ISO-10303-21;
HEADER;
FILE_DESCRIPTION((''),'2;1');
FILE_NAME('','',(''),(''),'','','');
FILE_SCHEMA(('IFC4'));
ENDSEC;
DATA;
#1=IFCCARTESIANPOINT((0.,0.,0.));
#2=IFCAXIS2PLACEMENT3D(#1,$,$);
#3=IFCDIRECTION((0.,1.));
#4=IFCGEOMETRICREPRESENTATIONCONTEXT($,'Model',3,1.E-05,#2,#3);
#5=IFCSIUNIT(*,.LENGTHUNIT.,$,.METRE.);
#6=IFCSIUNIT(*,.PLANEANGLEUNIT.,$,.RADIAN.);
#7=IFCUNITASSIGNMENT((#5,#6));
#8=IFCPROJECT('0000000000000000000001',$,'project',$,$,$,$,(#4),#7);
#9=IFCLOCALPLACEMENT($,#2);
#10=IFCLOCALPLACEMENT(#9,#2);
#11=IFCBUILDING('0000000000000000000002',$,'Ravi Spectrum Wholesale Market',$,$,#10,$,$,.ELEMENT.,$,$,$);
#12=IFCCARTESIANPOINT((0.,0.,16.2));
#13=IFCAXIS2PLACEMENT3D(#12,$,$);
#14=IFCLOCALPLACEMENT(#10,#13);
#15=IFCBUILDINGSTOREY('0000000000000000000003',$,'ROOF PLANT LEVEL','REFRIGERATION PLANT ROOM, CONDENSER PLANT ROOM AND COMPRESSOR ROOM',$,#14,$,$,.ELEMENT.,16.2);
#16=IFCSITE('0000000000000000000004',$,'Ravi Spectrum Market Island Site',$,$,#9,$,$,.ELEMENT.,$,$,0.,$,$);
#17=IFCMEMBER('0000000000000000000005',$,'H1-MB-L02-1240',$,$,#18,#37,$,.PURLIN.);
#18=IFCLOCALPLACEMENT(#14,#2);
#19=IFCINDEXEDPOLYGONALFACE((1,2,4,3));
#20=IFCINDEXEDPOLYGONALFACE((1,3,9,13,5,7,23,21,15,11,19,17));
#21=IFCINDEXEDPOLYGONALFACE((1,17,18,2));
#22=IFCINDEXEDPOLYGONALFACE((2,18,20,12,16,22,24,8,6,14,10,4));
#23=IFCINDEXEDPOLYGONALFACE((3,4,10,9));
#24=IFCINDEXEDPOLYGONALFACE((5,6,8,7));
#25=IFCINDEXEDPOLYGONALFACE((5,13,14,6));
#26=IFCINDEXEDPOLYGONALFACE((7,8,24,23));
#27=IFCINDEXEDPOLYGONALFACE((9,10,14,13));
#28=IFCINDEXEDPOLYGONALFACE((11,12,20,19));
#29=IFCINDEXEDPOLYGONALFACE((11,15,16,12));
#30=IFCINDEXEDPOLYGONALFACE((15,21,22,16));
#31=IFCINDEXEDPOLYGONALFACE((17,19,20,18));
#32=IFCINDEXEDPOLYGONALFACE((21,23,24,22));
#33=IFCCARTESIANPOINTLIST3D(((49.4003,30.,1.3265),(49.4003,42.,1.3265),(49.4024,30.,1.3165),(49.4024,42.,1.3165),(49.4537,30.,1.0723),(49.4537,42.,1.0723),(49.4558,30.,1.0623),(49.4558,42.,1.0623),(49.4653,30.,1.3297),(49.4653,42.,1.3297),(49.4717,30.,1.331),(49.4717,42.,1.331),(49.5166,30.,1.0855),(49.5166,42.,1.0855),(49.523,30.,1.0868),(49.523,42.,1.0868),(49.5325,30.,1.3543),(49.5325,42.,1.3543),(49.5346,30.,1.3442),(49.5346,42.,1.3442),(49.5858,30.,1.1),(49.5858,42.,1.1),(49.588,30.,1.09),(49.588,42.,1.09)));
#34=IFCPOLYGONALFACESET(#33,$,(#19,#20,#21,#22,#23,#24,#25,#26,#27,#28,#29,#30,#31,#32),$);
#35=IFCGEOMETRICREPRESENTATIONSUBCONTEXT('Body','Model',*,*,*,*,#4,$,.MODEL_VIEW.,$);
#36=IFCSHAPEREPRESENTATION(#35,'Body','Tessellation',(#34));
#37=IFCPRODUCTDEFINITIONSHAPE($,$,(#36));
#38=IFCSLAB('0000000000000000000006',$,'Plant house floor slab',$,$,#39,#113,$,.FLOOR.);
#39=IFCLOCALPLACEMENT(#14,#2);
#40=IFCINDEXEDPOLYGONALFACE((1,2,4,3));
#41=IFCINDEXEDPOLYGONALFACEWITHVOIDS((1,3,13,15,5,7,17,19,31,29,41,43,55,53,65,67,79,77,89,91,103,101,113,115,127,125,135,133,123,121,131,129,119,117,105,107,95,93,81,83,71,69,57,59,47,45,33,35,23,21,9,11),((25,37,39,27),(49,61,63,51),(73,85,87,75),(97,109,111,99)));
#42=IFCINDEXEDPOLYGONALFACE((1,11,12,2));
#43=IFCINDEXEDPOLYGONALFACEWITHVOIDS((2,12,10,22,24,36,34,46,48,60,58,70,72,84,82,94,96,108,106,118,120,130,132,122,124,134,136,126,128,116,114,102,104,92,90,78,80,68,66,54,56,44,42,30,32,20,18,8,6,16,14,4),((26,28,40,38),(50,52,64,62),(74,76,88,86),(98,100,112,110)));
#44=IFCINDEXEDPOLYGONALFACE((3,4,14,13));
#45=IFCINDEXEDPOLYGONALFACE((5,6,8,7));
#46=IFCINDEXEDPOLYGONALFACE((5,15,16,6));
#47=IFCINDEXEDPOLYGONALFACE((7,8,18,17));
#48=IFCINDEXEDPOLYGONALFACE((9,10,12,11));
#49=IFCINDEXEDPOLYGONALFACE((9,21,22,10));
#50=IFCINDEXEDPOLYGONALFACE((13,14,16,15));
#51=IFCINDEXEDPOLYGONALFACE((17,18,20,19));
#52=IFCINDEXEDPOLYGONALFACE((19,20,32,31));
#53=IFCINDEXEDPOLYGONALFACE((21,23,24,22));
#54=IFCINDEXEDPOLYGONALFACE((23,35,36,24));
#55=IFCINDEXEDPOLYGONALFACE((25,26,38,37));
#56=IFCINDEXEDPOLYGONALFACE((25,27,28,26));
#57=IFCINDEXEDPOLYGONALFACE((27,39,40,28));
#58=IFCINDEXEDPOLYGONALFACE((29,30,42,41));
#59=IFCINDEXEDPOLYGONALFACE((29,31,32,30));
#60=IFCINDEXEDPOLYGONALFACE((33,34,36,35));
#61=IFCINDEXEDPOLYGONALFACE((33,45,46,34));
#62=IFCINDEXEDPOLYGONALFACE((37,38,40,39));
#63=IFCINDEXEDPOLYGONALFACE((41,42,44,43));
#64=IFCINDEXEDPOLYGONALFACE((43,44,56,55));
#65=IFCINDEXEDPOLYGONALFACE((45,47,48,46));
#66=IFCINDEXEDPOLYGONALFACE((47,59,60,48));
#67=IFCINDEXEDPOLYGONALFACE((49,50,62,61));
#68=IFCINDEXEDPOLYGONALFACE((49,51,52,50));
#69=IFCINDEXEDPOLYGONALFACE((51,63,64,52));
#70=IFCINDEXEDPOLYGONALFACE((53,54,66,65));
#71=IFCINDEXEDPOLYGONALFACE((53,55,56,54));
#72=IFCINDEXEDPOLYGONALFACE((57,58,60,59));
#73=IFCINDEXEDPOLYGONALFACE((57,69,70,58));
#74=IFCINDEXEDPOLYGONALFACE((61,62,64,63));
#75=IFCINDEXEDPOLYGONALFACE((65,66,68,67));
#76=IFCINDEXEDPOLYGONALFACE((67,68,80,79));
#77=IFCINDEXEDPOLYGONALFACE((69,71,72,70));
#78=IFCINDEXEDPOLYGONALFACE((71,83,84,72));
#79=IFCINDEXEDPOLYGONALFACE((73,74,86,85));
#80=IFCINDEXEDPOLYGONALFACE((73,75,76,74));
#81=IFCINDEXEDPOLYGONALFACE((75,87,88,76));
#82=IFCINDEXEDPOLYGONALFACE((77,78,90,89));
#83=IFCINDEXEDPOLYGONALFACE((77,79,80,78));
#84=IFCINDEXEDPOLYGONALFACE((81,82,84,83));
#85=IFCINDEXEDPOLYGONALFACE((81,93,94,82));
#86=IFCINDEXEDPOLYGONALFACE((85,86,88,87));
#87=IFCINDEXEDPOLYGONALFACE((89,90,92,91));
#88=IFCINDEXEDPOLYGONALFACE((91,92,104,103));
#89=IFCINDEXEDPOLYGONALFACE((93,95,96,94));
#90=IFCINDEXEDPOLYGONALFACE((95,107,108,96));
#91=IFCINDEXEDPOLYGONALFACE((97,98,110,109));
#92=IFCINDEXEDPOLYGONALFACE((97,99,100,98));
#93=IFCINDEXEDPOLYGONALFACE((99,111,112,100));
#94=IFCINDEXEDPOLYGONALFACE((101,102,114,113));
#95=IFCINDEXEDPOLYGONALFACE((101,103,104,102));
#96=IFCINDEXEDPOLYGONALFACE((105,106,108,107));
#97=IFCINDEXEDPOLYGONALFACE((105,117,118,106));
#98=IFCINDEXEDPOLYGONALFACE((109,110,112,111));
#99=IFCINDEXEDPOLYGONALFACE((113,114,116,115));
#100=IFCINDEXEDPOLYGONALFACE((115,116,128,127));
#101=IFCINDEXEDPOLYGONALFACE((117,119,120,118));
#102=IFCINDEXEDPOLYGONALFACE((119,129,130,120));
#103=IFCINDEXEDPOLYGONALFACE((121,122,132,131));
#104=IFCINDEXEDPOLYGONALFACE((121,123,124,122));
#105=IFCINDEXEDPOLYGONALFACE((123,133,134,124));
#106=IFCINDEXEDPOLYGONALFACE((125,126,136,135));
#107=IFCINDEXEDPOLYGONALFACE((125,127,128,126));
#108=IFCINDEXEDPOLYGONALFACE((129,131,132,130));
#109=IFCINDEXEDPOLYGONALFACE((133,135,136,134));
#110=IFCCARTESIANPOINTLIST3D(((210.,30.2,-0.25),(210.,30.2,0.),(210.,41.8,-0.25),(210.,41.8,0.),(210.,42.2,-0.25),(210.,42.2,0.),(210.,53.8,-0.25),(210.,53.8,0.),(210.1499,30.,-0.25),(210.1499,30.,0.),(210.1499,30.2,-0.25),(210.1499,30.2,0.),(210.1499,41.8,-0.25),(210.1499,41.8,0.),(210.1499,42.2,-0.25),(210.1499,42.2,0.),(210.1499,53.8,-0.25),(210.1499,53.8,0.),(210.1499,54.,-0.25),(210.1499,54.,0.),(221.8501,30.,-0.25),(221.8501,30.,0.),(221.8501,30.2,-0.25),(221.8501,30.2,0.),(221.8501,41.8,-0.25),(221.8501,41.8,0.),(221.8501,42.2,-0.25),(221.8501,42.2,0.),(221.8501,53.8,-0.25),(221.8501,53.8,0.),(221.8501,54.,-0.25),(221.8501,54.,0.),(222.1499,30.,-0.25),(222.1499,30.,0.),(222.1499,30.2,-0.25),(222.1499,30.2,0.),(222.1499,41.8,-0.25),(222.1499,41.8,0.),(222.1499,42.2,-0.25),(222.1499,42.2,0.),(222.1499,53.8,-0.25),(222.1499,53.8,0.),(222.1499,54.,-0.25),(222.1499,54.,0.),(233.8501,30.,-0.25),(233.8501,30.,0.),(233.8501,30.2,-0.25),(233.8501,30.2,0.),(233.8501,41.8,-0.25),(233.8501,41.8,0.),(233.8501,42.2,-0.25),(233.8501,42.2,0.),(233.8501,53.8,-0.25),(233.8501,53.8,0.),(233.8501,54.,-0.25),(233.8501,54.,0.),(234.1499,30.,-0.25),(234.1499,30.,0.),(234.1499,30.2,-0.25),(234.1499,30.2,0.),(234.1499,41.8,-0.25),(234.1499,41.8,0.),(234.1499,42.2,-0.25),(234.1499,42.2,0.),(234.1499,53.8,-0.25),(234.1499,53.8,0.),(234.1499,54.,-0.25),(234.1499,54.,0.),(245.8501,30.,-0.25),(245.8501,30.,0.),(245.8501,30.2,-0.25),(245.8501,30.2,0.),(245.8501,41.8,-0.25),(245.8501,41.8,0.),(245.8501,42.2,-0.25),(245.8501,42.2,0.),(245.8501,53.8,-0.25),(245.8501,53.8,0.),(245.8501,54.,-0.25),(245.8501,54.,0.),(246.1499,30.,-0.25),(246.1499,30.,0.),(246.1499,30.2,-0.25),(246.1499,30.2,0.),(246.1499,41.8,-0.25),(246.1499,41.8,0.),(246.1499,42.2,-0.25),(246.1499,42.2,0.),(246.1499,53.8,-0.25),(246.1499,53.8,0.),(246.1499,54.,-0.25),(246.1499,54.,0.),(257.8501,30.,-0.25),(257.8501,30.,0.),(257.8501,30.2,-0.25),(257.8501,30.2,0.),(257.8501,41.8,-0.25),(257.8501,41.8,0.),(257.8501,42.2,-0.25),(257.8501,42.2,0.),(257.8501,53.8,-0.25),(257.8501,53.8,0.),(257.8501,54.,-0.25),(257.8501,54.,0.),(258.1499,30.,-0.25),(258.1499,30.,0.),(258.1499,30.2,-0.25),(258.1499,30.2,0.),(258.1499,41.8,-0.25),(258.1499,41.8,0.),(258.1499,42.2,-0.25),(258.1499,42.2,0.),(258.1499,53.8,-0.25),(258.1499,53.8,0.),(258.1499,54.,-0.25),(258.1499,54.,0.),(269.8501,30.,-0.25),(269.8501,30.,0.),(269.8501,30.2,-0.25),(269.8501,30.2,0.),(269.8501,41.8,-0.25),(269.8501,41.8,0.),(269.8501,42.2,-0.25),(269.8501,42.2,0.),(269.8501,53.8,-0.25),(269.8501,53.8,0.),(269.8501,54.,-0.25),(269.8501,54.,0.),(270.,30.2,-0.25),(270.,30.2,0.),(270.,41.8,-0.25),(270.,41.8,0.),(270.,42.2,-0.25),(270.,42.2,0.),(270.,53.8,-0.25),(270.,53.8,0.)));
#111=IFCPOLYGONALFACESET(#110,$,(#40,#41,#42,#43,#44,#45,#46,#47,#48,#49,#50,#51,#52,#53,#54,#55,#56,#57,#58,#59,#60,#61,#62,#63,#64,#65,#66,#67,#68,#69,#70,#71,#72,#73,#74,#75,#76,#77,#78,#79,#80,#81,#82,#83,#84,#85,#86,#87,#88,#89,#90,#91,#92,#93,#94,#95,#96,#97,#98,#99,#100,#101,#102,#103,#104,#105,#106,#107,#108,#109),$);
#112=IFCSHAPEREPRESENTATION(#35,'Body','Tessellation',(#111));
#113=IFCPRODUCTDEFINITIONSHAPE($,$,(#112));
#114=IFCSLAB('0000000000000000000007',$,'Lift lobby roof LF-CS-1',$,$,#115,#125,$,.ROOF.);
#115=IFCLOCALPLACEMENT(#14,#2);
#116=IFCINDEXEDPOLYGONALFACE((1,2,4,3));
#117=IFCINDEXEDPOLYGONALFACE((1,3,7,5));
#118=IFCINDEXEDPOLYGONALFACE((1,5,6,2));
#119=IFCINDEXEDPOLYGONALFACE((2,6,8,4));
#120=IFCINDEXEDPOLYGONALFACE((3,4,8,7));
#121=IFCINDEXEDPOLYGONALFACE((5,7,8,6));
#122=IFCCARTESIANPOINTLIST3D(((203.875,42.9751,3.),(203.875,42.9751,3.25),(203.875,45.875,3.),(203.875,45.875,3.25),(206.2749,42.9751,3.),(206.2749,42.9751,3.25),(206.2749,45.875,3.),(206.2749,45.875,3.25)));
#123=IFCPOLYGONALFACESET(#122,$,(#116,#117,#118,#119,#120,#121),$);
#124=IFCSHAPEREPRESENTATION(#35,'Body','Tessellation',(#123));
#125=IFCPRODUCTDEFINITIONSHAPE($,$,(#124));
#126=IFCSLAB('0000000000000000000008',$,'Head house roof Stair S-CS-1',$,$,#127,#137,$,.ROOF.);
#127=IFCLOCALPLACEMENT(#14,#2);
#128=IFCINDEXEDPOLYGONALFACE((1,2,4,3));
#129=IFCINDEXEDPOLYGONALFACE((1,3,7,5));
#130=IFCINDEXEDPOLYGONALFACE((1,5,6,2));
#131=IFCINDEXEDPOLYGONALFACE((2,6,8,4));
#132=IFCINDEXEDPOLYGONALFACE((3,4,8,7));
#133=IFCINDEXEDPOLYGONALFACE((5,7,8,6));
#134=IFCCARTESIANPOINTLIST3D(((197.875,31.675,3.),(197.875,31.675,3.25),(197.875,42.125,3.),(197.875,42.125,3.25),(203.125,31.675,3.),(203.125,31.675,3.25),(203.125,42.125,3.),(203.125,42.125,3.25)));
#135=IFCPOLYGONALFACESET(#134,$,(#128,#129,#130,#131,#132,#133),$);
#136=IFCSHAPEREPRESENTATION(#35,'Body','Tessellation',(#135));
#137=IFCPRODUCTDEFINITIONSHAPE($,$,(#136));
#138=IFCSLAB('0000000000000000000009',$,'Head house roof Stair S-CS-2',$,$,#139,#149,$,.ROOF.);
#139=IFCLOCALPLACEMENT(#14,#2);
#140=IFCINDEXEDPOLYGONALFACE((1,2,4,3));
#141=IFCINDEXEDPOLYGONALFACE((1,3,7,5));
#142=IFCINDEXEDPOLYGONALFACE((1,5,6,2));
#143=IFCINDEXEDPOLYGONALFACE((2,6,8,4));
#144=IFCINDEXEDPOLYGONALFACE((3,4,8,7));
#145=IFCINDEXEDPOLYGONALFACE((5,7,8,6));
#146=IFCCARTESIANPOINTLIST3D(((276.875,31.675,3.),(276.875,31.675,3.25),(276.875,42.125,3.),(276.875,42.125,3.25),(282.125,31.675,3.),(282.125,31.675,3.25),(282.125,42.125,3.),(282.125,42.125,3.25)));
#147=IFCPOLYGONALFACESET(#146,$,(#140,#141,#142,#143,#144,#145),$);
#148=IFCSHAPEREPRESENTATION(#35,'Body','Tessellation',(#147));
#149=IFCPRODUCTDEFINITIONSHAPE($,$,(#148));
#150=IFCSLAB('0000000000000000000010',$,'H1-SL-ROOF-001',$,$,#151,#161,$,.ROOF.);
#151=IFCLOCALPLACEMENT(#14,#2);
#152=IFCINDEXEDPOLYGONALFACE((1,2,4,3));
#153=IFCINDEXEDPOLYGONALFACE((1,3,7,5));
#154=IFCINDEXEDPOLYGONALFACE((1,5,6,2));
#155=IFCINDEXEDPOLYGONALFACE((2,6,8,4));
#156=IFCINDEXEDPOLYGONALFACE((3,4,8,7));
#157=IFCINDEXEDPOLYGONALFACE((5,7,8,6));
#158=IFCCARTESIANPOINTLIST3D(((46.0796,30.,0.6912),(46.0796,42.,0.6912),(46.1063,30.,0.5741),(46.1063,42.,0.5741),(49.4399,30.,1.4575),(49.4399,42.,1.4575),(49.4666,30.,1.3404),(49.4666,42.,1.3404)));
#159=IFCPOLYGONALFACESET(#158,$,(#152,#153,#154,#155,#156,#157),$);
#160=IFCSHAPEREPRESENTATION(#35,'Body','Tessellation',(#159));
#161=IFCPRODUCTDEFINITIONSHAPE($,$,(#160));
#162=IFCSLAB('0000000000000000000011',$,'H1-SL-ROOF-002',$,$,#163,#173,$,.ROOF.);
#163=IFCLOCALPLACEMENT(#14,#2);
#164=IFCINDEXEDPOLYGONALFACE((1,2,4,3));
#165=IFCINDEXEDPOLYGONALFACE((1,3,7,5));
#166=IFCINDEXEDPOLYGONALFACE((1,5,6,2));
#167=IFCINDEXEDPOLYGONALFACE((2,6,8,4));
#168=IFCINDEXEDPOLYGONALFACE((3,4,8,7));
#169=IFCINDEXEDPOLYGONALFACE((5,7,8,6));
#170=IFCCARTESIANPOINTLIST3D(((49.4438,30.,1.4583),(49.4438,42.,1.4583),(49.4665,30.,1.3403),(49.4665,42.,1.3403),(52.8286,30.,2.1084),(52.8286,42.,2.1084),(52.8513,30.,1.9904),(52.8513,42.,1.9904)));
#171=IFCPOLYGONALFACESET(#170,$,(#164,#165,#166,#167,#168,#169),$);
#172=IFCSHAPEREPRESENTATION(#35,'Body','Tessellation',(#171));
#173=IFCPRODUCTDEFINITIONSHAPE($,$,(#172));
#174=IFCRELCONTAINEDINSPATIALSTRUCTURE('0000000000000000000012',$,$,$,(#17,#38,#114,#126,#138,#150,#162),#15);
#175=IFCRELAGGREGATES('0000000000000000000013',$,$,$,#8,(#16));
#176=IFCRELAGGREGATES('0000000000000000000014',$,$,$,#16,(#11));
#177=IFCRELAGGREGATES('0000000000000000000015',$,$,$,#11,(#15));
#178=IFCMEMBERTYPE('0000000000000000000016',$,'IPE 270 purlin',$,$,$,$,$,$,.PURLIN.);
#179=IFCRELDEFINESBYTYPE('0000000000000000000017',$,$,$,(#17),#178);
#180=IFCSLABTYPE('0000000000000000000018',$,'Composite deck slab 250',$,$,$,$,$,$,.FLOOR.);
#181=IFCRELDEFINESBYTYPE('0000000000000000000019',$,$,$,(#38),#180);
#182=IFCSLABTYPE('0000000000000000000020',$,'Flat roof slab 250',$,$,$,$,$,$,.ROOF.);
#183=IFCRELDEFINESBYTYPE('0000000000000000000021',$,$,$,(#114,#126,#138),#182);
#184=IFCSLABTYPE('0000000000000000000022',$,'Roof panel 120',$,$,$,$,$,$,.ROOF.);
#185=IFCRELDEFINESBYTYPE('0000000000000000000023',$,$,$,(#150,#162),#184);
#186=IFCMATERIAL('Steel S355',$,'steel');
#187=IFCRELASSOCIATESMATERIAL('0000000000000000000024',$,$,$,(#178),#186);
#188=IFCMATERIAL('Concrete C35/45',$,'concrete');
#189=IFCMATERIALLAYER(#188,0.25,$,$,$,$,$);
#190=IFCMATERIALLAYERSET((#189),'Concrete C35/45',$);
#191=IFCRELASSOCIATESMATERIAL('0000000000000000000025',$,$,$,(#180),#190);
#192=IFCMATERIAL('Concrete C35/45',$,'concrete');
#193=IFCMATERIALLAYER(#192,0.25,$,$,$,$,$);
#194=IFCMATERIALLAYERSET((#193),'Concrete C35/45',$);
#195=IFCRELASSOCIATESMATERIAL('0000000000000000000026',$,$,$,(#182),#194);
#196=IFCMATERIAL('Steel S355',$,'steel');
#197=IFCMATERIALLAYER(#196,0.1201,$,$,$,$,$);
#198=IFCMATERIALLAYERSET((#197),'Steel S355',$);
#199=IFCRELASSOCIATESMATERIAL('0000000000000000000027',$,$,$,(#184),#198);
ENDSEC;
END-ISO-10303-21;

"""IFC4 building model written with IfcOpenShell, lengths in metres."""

from ifc_helpers import new_model, si_unit, direction, frame, origin, origin_2d, place, context, subcontext, project, spatial, polyline, i_section, outline, extrude, material, layer, layer_set, material_profile, profile_set, type_object, element, save


model = new_model("IFC4")

# Units and contexts
model_context = context("Model", 3, precision=1e-05, world=origin(), true_north=direction((0.0, 1.0)))
body_context = subcontext(model_context, "Body", "Model", "MODEL_VIEW")
ifc_project = project(units=[si_unit("LENGTHUNIT", "METRE"), si_unit("PLANEANGLEUNIT", "RADIAN")], contexts=[model_context])

# Site, building, storey
site_placement = place(None, origin())
site = spatial("IfcSite", under=ifc_project, at=site_placement, Name="Ravi Spectrum Market Island Site", CompositionType="ELEMENT", RefElevation=0.0)
building_placement = place(site_placement, origin())
building = spatial("IfcBuilding", under=site, at=building_placement, Name="Ravi Spectrum Wholesale Market", CompositionType="ELEMENT")
storey_placement = place(building_placement, frame((0.0, 0.0, 16.2)))
storey = spatial("IfcBuildingStorey", under=building, at=storey_placement, Name="ROOF PLANT LEVEL", Description="REFRIGERATION PLANT ROOM, CONDENSER PLANT ROOM AND COMPRESSOR ROOM", CompositionType="ELEMENT", Elevation=16.2)

# Member
ifc_material_1 = material(Name="Steel S355", Category="steel")
ifc_material_profile_1 = material_profile(ifc_material_1, i_section(OverallWidth=0.135, OverallDepth=0.27, WebThickness=0.0066, FlangeThickness=0.0103, at=origin_2d()))
ifc_profile_set_1 = profile_set([ifc_material_profile_1], Name="Steel S355")
member_type_1 = type_object("IfcMemberType", Name="IPE 270 purlin", PredefinedType="PURLIN", material=ifc_profile_set_1)
for number, where, z_axis, x_axis, name in (
    (1, (49.4941, 30.0, 1.2083), (0.0, 1.0, 0.0), (-0.978653, 0.0, -0.205517), "H1-MB-L02-1240"),
):
    element("IfcMember", number, at=place(storey_placement, frame(where, z_axis=z_axis, x_axis=x_axis)), inside=storey, type_object=member_type_1, Name=name, PredefinedType="PURLIN", context=body_context, shape_type="SweptSolid", body=[
        extrude(i_section(OverallWidth=0.135, OverallDepth=0.27, WebThickness=0.0066, FlangeThickness=0.0103, at=origin_2d()), origin(), (0.0, 0.0, 1.0), 12.0),
    ])

# Slabs
ifc_material_2 = material(Name="Concrete C35/45", Category="concrete")
ifc_layer_1 = layer(ifc_material_2, 0.25)
ifc_layer_set_1 = layer_set([ifc_layer_1], Name="Concrete C35/45")
slab_type_1 = type_object("IfcSlabType", Name="Composite deck slab 250", PredefinedType="FLOOR", material=ifc_layer_set_1)
slab_1_placement = place(storey_placement, frame((0.0, 0.0, -0.25)))
element("IfcSlab", 2, at=slab_1_placement, inside=storey, type_object=slab_type_1, Name="Plant house floor slab", PredefinedType="FLOOR", context=body_context, shape_type="SweptSolid", body=[
    extrude(outline(polyline([(269.8501, 53.8), (270.0, 53.8), (270.0, 42.2), (269.8501, 42.2), (269.8501, 41.8), (270.0, 41.8), (270.0, 30.2), (269.8501, 30.2), (269.8501, 30.0), (258.1499, 30.0), (258.1499, 30.2), (257.8501, 30.2), (257.8501, 30.0), (246.1499, 30.0), (246.1499, 30.2), (245.8501, 30.2), (245.8501, 30.0), (234.1499, 30.0), (234.1499, 30.2), (233.8501, 30.2), (233.8501, 30.0), (222.1499, 30.0), (222.1499, 30.2), (221.8501, 30.2), (221.8501, 30.0), (210.1499, 30.0), (210.1499, 30.2), (210.0, 30.2), (210.0, 41.8), (210.1499, 41.8), (210.1499, 42.2), (210.0, 42.2), (210.0, 53.8), (210.1499, 53.8), (210.1499, 54.0), (221.8501, 54.0), (221.8501, 53.8), (222.1499, 53.8), (222.1499, 54.0), (233.8501, 54.0), (233.8501, 53.8), (234.1499, 53.8), (234.1499, 54.0), (245.8501, 54.0), (245.8501, 53.8), (246.1499, 53.8), (246.1499, 54.0), (257.8501, 54.0), (257.8501, 53.8), (258.1499, 53.8), (258.1499, 54.0), (269.8501, 54.0), (269.8501, 53.8)]), holes=[polyline([(257.8501, 41.8), (258.1499, 41.8), (258.1499, 42.2), (257.8501, 42.2), (257.8501, 41.8)]), polyline([(246.1499, 41.8), (246.1499, 42.2), (245.8501, 42.2), (245.8501, 41.8), (246.1499, 41.8)]), polyline([(234.1499, 41.8), (234.1499, 42.2), (233.8501, 42.2), (233.8501, 41.8), (234.1499, 41.8)]), polyline([(222.1499, 41.8), (222.1499, 42.2), (221.8501, 42.2), (221.8501, 41.8), (222.1499, 41.8)])]), origin(), (0.0, 0.0, 1.0), 0.25),
])
ifc_material_3 = material(Name="Concrete C35/45", Category="concrete")
ifc_layer_2 = layer(ifc_material_3, 0.25)
ifc_layer_set_2 = layer_set([ifc_layer_2], Name="Concrete C35/45")
slab_type_2 = type_object("IfcSlabType", Name="Flat roof slab 250", PredefinedType="ROOF", material=ifc_layer_set_2)
slab_2_placement = place(storey_placement, frame((0.0, 0.0, 3.0)))
element("IfcSlab", 3, at=slab_2_placement, inside=storey, type_object=slab_type_2, Name="Lift lobby roof LF-CS-1", PredefinedType="ROOF", context=body_context, shape_type="SweptSolid", body=[
    extrude(outline(polyline([(206.2749, 42.9751), (206.2749, 45.875), (203.875, 45.875), (203.875, 42.9751), (206.2749, 42.9751)])), origin(), (0.0, 0.0, 1.0), 0.25),
])
slab_3_placement = place(storey_placement, frame((0.0, 0.0, 3.0)))
element("IfcSlab", 4, at=slab_3_placement, inside=storey, type_object=slab_type_2, Name="Head house roof Stair S-CS-1", PredefinedType="ROOF", context=body_context, shape_type="SweptSolid", body=[
    extrude(outline(polyline([(203.125, 31.675), (203.125, 42.125), (197.875, 42.125), (197.875, 31.675), (203.125, 31.675)])), origin(), (0.0, 0.0, 1.0), 0.25),
])
slab_4_placement = place(storey_placement, frame((0.0, 0.0, 3.0)))
element("IfcSlab", 5, at=slab_4_placement, inside=storey, type_object=slab_type_2, Name="Head house roof Stair S-CS-2", PredefinedType="ROOF", context=body_context, shape_type="SweptSolid", body=[
    extrude(outline(polyline([(282.125, 31.675), (282.125, 42.125), (276.875, 42.125), (276.875, 31.675), (282.125, 31.675)])), origin(), (0.0, 0.0, 1.0), 0.25),
])
ifc_material_4 = material(Name="Steel S355", Category="steel")
ifc_layer_3 = layer(ifc_material_4, 0.1201)
ifc_layer_set_3 = layer_set([ifc_layer_3], Name="Steel S355")
slab_type_3 = type_object("IfcSlabType", Name="Roof panel 120", PredefinedType="ROOF", material=ifc_layer_set_3)
slab_5_placement = place(storey_placement, frame((46.0796, 30.0, 0.6912), z_axis=(-0.22235, 0.0, 0.974967), x_axis=(0.974967, 0.0, 0.22235)))
element("IfcSlab", 6, at=slab_5_placement, inside=storey, type_object=slab_type_3, Name="H1-SL-ROOF-001", PredefinedType="ROOF", context=body_context, shape_type="SweptSolid", body=[
    extrude(outline(polyline([(0.0, 0.0), (3.4466, 0.0), (3.4466, 12.0), (0.0, 12.0), (0.0, 0.0)])), origin(), (0.0, 0.0, -1.0), 0.1201),
])
slab_6_placement = place(storey_placement, frame((49.4438, 30.0, 1.4583), z_axis=(-0.188632, 0.0, 0.982048), x_axis=(0.982048, 0.0, 0.188632)))
element("IfcSlab", 7, at=slab_6_placement, inside=storey, type_object=slab_type_3, Name="H1-SL-ROOF-002", PredefinedType="ROOF", context=body_context, shape_type="SweptSolid", body=[
    extrude(outline(polyline([(0.0, 0.0), (3.4466, 0.0), (3.4466, 12.0), (0.0, 12.0), (0.0, 0.0)])), origin(), (0.0, 0.0, -1.0), 0.1201),
])

save(model, "model.ifc")
